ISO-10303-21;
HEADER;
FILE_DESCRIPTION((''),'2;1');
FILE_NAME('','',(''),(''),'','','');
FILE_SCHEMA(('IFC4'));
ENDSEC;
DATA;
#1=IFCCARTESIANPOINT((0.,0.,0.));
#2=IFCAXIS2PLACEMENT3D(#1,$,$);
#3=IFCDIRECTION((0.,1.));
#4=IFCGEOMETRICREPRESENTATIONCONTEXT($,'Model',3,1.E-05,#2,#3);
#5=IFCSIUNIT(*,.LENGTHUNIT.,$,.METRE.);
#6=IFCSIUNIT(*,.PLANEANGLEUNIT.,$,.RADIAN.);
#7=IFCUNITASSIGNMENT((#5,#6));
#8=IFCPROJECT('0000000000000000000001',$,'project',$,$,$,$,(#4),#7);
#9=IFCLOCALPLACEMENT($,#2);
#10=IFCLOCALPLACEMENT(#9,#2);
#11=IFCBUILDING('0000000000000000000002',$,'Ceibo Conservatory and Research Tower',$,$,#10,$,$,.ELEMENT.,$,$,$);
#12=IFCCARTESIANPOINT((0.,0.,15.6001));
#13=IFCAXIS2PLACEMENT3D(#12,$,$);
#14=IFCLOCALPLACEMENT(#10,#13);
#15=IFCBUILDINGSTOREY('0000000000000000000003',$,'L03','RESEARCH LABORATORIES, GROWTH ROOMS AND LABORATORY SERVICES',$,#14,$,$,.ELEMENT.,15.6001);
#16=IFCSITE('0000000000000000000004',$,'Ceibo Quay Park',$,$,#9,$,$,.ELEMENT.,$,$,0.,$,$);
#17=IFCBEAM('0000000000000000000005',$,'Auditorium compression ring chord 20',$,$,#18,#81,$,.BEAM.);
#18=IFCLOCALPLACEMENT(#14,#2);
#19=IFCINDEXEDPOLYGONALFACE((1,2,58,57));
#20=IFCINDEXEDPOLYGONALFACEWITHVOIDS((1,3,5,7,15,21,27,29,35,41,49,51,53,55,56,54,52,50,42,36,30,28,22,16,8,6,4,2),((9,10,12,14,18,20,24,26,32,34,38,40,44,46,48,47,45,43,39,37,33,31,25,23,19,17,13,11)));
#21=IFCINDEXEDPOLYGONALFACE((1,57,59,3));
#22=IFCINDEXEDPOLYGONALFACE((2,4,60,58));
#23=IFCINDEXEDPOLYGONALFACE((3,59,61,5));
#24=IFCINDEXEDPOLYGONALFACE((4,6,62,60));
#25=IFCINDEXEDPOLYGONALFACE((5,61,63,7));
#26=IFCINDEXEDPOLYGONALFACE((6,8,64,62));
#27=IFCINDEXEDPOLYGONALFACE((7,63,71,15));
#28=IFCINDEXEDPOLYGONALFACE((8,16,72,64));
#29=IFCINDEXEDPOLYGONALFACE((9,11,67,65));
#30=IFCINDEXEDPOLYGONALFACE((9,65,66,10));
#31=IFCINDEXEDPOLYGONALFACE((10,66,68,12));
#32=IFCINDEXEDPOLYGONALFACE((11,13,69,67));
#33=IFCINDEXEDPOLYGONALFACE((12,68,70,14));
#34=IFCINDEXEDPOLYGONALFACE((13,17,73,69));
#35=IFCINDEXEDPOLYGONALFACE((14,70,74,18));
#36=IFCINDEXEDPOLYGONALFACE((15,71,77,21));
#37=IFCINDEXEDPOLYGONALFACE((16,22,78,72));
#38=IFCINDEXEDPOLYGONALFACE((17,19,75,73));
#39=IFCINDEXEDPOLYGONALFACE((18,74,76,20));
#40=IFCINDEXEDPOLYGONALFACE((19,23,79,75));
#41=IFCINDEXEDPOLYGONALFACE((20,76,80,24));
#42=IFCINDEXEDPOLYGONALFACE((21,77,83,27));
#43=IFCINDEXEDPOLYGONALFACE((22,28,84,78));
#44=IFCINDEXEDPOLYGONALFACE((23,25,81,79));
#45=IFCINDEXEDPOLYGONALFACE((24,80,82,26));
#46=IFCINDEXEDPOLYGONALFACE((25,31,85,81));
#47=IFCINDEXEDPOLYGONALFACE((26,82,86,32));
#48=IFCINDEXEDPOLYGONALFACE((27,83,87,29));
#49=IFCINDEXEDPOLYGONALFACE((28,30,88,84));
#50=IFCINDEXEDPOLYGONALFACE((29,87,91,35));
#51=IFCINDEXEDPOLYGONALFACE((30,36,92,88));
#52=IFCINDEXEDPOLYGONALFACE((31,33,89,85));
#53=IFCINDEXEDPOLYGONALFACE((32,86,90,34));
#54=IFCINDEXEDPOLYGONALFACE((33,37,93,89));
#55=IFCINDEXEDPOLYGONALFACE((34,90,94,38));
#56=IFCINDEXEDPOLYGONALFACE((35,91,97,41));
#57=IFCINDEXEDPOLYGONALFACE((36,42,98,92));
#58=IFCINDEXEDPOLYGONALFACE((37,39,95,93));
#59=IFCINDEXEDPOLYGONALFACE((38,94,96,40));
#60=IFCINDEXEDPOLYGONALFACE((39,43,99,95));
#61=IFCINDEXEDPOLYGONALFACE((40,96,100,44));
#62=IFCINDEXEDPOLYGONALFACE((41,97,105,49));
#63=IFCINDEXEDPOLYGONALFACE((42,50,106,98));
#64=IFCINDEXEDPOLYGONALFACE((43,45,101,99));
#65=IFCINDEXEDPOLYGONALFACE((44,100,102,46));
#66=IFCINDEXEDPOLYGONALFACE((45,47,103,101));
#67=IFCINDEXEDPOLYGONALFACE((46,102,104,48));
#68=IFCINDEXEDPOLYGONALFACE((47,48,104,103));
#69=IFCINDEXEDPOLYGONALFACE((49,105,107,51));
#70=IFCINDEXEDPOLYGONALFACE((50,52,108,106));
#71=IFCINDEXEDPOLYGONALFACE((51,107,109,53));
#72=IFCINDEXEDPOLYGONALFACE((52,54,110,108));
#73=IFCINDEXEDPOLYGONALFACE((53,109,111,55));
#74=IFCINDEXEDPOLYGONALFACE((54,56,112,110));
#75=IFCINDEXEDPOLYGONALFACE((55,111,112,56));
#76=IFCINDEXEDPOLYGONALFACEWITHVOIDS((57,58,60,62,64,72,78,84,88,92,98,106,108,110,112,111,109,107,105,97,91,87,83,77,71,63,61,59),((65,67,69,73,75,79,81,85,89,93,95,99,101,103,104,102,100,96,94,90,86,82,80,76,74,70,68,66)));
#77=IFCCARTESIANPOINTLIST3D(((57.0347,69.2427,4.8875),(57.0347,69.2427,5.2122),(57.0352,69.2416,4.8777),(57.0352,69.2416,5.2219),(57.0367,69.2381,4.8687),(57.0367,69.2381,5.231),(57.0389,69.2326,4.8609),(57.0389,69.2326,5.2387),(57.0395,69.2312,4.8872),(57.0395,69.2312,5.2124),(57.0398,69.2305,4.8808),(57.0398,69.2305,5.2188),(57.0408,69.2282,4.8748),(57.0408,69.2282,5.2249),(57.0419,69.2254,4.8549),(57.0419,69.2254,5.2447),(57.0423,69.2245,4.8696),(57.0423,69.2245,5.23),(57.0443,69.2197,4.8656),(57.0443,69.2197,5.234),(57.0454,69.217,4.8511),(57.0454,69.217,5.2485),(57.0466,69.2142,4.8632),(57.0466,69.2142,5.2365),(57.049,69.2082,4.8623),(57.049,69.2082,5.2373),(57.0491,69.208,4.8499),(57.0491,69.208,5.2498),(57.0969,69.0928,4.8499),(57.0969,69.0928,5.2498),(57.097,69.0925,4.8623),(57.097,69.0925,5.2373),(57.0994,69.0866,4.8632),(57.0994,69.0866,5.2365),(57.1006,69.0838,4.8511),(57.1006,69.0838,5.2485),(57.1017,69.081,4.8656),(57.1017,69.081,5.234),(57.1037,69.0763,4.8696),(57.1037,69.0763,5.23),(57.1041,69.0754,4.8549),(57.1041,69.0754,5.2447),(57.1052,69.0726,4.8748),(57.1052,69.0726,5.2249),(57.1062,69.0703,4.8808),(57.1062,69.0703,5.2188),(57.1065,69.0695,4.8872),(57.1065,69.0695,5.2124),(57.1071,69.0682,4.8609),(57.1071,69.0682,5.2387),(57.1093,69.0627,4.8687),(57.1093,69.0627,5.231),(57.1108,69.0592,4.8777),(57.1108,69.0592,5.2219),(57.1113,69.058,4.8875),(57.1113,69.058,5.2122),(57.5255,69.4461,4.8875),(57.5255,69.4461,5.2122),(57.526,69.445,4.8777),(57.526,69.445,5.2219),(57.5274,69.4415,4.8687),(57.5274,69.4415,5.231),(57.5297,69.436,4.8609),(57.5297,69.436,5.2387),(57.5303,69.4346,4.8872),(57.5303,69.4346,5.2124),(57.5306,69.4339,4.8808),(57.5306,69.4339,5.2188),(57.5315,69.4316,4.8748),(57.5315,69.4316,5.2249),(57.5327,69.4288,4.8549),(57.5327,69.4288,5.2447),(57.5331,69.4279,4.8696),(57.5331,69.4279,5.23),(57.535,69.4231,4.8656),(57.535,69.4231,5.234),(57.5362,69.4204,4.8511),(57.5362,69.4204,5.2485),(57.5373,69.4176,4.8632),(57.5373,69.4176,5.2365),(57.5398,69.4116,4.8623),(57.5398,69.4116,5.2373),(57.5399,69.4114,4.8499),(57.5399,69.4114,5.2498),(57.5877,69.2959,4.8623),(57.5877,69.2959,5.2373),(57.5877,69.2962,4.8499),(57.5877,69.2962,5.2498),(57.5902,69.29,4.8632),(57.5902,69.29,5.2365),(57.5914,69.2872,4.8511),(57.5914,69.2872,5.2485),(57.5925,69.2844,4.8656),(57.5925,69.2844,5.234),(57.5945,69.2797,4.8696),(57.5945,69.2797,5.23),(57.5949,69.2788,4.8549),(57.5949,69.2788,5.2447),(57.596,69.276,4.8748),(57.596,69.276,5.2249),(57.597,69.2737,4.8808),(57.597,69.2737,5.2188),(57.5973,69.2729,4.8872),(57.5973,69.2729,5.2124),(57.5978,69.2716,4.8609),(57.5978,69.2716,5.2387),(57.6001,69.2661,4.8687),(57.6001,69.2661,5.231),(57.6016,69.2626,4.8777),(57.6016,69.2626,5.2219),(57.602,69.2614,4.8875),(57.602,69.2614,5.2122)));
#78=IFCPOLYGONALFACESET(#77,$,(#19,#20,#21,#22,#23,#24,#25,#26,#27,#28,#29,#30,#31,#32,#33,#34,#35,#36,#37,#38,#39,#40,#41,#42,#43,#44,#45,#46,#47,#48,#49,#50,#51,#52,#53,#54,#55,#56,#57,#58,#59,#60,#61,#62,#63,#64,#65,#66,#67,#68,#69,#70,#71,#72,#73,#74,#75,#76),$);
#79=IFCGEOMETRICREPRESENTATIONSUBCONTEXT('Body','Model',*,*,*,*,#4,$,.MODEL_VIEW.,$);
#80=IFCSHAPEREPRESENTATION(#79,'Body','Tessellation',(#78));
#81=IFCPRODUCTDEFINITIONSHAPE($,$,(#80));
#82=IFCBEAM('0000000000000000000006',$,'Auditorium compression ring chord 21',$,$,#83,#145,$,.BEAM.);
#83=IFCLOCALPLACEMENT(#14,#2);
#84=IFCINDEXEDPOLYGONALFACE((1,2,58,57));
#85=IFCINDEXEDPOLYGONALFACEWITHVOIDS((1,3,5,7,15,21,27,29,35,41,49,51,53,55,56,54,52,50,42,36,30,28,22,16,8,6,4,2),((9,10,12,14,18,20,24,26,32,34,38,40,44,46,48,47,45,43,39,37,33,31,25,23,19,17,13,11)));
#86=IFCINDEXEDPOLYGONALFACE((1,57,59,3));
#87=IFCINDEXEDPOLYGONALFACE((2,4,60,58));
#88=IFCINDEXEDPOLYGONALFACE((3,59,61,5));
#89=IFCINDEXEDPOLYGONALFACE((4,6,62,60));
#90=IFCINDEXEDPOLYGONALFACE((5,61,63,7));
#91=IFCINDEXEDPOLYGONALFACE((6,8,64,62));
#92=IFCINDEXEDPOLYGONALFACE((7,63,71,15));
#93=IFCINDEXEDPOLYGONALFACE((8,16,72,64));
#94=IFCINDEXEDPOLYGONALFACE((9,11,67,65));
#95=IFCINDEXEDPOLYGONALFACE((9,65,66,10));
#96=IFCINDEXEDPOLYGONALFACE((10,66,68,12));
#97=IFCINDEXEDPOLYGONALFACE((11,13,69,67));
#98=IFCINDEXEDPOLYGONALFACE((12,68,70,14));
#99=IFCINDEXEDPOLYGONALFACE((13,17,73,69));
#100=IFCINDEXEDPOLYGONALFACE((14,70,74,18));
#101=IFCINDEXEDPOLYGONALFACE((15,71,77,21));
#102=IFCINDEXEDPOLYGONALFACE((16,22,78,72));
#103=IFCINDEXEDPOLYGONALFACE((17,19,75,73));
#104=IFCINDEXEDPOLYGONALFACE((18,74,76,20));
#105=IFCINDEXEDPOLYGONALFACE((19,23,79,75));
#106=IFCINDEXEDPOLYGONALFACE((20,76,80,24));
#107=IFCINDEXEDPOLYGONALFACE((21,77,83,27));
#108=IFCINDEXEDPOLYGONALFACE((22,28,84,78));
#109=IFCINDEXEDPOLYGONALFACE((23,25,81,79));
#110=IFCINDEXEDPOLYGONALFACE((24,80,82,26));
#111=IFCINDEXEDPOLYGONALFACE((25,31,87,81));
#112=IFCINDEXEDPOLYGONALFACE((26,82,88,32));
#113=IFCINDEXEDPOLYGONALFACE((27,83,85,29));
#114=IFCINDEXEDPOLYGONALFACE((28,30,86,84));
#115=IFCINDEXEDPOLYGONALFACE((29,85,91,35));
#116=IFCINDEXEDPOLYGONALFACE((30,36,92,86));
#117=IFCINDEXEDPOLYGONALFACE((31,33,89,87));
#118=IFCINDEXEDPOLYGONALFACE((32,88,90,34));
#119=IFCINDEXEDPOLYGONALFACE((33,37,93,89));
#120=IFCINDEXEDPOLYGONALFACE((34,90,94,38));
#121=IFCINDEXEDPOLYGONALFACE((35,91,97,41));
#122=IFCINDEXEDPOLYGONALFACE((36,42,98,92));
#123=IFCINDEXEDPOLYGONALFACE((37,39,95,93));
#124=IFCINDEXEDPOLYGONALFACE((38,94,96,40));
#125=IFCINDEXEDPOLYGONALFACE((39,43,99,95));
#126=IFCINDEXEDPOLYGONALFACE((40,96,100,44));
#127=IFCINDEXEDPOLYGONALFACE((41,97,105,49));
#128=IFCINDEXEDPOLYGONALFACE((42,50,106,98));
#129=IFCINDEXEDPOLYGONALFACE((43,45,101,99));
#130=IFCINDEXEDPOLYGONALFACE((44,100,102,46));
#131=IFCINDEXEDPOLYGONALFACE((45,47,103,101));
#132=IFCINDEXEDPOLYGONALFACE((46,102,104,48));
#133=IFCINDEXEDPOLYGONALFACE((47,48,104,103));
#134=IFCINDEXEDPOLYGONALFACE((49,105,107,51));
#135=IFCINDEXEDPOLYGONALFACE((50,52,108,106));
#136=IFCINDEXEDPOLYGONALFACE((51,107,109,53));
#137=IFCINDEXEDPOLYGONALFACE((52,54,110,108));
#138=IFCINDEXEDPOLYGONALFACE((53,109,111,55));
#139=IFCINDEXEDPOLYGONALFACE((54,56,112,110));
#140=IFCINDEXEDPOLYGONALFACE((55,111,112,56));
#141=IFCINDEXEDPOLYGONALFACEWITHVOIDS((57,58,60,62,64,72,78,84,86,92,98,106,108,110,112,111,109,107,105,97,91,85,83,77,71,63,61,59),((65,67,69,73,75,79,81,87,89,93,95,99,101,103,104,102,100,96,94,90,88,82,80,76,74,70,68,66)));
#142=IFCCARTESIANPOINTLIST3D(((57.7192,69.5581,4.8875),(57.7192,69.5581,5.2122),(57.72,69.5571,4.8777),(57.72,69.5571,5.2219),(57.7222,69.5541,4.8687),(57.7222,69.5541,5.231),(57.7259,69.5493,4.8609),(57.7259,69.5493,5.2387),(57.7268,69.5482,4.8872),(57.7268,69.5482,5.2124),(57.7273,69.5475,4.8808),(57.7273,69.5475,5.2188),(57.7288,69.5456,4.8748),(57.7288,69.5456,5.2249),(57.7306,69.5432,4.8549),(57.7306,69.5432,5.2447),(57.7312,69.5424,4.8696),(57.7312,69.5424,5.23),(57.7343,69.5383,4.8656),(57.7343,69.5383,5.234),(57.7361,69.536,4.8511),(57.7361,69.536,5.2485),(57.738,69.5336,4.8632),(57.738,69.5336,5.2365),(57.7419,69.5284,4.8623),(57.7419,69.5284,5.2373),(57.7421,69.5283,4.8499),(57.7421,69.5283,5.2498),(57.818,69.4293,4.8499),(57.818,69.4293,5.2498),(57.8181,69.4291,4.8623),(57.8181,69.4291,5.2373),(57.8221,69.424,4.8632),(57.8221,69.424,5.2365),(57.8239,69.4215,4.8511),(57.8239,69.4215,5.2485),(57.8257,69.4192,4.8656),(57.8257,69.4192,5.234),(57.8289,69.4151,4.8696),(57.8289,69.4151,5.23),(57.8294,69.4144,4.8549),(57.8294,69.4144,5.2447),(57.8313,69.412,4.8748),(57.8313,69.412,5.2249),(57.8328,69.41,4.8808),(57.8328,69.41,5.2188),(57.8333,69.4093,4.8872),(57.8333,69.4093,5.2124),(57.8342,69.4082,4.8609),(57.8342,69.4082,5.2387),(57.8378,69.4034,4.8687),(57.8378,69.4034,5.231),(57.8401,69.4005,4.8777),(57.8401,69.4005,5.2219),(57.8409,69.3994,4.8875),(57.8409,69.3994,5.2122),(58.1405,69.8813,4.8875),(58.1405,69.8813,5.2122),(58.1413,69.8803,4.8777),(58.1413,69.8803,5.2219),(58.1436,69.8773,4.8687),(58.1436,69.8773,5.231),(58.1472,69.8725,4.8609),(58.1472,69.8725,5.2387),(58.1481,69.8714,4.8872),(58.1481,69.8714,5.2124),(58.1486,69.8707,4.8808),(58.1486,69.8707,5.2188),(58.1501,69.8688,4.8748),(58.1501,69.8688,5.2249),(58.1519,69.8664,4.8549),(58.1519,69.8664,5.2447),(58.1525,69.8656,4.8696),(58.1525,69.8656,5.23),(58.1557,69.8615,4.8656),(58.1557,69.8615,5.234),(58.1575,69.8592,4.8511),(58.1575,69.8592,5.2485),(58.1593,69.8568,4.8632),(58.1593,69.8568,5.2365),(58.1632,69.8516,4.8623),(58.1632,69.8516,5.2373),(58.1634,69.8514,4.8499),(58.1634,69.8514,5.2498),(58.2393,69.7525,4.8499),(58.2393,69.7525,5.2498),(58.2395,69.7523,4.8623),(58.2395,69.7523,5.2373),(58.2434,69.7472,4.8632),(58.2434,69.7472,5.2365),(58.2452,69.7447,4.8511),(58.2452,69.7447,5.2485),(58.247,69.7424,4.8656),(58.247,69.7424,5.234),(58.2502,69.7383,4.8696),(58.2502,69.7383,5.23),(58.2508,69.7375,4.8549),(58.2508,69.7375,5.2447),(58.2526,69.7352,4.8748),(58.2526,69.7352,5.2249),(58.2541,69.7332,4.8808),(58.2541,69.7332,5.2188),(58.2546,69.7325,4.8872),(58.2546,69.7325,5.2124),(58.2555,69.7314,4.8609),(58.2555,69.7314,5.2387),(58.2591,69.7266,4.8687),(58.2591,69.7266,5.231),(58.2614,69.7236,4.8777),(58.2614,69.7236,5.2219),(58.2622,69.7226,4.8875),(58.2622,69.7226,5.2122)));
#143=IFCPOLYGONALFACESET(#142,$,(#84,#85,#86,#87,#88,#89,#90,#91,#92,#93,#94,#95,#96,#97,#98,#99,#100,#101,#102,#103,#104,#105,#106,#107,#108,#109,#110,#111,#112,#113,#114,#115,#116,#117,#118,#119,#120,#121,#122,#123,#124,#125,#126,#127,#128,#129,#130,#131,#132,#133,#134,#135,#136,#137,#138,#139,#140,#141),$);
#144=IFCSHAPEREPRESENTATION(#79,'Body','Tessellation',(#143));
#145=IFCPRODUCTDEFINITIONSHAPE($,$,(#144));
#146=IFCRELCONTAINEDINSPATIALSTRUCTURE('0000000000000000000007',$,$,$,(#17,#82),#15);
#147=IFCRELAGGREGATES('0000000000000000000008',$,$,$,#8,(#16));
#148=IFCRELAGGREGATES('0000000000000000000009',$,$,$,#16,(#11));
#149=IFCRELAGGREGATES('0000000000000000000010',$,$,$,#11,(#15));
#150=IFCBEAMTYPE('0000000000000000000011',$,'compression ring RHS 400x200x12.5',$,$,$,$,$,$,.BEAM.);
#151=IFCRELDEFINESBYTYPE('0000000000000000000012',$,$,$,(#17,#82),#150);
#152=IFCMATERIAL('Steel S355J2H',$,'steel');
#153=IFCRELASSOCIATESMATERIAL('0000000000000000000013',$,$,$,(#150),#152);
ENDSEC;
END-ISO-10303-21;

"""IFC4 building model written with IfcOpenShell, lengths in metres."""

from ifc_helpers import new_model, si_unit, direction, frame, origin, origin_2d, place, context, subcontext, project, spatial, hollow_rectangle, extrude, material, material_profile, profile_set, type_object, element, save


model = new_model("IFC4")

# Units and contexts
model_context = context("Model", 3, precision=1e-05, world=origin(), true_north=direction((0.0, 1.0)))
body_context = subcontext(model_context, "Body", "Model", "MODEL_VIEW")
ifc_project = project(units=[si_unit("LENGTHUNIT", "METRE"), si_unit("PLANEANGLEUNIT", "RADIAN")], contexts=[model_context])

# Site, building, storey
site_placement = place(None, origin())
site = spatial("IfcSite", under=ifc_project, at=site_placement, Name="Ceibo Quay Park", CompositionType="ELEMENT", RefElevation=0.0)
building_placement = place(site_placement, origin())
building = spatial("IfcBuilding", under=site, at=building_placement, Name="Ceibo Conservatory and Research Tower", CompositionType="ELEMENT")
storey_placement = place(building_placement, frame((0.0, 0.0, 15.6001)))
storey = spatial("IfcBuildingStorey", under=building, at=storey_placement, Name="L03", Description="RESEARCH LABORATORIES, GROWTH ROOMS AND LABORATORY SERVICES", CompositionType="ELEMENT", Elevation=15.6001)

# Beams
ifc_material_1 = material(Name="Steel S355J2H", Category="steel")
ifc_material_profile_1 = material_profile(ifc_material_1, hollow_rectangle(XDim=0.2, YDim=0.3999, WallThickness=0.0125, InnerFilletRadius=0.0249, OuterFilletRadius=0.0376, at=origin_2d()), Name="RHS 400x200x12.5")
ifc_profile_set_1 = profile_set([ifc_material_profile_1], Name="Steel S355J2H")
beam_type_1 = type_object("IfcBeamType", Name="compression ring RHS 400x200x12.5", PredefinedType="BEAM", material=ifc_profile_set_1)
beam_1_placement = place(storey_placement, frame((57.073, 69.1504, 5.0498), z_axis=(0.92381, 0.382852, 0.0), x_axis=(-0.382852, 0.92381, 0.0)))
element("IfcBeam", 1, at=beam_1_placement, inside=storey, type_object=beam_type_1, Name="Auditorium compression ring chord 20", PredefinedType="BEAM", context=body_context, shape_type="SweptSolid", body=[
    extrude(hollow_rectangle(XDim=0.2, YDim=0.3999, WallThickness=0.0125, InnerFilletRadius=0.0249, OuterFilletRadius=0.0376, at=origin_2d()), origin(), (0.0, 0.0, 1.0), 0.5312),
])
for number, where, z_axis, x_axis, name in (
    (2, (57.78, 69.4788, 5.0498), (0.793444, 0.608644, 0.0), (-0.608644, 0.793444, 0.0), "Auditorium compression ring chord 21"),
):
    element("IfcBeam", number, at=place(storey_placement, frame(where, z_axis=z_axis, x_axis=x_axis)), inside=storey, type_object=beam_type_1, Name=name, PredefinedType="BEAM", context=body_context, shape_type="SweptSolid", body=[
        extrude(hollow_rectangle(XDim=0.2, YDim=0.3999, WallThickness=0.0125, InnerFilletRadius=0.0249, OuterFilletRadius=0.0376, at=origin_2d()), origin(), (0.0, 0.0, 1.0), 0.531),
    ])

save(model, "model.ifc")
